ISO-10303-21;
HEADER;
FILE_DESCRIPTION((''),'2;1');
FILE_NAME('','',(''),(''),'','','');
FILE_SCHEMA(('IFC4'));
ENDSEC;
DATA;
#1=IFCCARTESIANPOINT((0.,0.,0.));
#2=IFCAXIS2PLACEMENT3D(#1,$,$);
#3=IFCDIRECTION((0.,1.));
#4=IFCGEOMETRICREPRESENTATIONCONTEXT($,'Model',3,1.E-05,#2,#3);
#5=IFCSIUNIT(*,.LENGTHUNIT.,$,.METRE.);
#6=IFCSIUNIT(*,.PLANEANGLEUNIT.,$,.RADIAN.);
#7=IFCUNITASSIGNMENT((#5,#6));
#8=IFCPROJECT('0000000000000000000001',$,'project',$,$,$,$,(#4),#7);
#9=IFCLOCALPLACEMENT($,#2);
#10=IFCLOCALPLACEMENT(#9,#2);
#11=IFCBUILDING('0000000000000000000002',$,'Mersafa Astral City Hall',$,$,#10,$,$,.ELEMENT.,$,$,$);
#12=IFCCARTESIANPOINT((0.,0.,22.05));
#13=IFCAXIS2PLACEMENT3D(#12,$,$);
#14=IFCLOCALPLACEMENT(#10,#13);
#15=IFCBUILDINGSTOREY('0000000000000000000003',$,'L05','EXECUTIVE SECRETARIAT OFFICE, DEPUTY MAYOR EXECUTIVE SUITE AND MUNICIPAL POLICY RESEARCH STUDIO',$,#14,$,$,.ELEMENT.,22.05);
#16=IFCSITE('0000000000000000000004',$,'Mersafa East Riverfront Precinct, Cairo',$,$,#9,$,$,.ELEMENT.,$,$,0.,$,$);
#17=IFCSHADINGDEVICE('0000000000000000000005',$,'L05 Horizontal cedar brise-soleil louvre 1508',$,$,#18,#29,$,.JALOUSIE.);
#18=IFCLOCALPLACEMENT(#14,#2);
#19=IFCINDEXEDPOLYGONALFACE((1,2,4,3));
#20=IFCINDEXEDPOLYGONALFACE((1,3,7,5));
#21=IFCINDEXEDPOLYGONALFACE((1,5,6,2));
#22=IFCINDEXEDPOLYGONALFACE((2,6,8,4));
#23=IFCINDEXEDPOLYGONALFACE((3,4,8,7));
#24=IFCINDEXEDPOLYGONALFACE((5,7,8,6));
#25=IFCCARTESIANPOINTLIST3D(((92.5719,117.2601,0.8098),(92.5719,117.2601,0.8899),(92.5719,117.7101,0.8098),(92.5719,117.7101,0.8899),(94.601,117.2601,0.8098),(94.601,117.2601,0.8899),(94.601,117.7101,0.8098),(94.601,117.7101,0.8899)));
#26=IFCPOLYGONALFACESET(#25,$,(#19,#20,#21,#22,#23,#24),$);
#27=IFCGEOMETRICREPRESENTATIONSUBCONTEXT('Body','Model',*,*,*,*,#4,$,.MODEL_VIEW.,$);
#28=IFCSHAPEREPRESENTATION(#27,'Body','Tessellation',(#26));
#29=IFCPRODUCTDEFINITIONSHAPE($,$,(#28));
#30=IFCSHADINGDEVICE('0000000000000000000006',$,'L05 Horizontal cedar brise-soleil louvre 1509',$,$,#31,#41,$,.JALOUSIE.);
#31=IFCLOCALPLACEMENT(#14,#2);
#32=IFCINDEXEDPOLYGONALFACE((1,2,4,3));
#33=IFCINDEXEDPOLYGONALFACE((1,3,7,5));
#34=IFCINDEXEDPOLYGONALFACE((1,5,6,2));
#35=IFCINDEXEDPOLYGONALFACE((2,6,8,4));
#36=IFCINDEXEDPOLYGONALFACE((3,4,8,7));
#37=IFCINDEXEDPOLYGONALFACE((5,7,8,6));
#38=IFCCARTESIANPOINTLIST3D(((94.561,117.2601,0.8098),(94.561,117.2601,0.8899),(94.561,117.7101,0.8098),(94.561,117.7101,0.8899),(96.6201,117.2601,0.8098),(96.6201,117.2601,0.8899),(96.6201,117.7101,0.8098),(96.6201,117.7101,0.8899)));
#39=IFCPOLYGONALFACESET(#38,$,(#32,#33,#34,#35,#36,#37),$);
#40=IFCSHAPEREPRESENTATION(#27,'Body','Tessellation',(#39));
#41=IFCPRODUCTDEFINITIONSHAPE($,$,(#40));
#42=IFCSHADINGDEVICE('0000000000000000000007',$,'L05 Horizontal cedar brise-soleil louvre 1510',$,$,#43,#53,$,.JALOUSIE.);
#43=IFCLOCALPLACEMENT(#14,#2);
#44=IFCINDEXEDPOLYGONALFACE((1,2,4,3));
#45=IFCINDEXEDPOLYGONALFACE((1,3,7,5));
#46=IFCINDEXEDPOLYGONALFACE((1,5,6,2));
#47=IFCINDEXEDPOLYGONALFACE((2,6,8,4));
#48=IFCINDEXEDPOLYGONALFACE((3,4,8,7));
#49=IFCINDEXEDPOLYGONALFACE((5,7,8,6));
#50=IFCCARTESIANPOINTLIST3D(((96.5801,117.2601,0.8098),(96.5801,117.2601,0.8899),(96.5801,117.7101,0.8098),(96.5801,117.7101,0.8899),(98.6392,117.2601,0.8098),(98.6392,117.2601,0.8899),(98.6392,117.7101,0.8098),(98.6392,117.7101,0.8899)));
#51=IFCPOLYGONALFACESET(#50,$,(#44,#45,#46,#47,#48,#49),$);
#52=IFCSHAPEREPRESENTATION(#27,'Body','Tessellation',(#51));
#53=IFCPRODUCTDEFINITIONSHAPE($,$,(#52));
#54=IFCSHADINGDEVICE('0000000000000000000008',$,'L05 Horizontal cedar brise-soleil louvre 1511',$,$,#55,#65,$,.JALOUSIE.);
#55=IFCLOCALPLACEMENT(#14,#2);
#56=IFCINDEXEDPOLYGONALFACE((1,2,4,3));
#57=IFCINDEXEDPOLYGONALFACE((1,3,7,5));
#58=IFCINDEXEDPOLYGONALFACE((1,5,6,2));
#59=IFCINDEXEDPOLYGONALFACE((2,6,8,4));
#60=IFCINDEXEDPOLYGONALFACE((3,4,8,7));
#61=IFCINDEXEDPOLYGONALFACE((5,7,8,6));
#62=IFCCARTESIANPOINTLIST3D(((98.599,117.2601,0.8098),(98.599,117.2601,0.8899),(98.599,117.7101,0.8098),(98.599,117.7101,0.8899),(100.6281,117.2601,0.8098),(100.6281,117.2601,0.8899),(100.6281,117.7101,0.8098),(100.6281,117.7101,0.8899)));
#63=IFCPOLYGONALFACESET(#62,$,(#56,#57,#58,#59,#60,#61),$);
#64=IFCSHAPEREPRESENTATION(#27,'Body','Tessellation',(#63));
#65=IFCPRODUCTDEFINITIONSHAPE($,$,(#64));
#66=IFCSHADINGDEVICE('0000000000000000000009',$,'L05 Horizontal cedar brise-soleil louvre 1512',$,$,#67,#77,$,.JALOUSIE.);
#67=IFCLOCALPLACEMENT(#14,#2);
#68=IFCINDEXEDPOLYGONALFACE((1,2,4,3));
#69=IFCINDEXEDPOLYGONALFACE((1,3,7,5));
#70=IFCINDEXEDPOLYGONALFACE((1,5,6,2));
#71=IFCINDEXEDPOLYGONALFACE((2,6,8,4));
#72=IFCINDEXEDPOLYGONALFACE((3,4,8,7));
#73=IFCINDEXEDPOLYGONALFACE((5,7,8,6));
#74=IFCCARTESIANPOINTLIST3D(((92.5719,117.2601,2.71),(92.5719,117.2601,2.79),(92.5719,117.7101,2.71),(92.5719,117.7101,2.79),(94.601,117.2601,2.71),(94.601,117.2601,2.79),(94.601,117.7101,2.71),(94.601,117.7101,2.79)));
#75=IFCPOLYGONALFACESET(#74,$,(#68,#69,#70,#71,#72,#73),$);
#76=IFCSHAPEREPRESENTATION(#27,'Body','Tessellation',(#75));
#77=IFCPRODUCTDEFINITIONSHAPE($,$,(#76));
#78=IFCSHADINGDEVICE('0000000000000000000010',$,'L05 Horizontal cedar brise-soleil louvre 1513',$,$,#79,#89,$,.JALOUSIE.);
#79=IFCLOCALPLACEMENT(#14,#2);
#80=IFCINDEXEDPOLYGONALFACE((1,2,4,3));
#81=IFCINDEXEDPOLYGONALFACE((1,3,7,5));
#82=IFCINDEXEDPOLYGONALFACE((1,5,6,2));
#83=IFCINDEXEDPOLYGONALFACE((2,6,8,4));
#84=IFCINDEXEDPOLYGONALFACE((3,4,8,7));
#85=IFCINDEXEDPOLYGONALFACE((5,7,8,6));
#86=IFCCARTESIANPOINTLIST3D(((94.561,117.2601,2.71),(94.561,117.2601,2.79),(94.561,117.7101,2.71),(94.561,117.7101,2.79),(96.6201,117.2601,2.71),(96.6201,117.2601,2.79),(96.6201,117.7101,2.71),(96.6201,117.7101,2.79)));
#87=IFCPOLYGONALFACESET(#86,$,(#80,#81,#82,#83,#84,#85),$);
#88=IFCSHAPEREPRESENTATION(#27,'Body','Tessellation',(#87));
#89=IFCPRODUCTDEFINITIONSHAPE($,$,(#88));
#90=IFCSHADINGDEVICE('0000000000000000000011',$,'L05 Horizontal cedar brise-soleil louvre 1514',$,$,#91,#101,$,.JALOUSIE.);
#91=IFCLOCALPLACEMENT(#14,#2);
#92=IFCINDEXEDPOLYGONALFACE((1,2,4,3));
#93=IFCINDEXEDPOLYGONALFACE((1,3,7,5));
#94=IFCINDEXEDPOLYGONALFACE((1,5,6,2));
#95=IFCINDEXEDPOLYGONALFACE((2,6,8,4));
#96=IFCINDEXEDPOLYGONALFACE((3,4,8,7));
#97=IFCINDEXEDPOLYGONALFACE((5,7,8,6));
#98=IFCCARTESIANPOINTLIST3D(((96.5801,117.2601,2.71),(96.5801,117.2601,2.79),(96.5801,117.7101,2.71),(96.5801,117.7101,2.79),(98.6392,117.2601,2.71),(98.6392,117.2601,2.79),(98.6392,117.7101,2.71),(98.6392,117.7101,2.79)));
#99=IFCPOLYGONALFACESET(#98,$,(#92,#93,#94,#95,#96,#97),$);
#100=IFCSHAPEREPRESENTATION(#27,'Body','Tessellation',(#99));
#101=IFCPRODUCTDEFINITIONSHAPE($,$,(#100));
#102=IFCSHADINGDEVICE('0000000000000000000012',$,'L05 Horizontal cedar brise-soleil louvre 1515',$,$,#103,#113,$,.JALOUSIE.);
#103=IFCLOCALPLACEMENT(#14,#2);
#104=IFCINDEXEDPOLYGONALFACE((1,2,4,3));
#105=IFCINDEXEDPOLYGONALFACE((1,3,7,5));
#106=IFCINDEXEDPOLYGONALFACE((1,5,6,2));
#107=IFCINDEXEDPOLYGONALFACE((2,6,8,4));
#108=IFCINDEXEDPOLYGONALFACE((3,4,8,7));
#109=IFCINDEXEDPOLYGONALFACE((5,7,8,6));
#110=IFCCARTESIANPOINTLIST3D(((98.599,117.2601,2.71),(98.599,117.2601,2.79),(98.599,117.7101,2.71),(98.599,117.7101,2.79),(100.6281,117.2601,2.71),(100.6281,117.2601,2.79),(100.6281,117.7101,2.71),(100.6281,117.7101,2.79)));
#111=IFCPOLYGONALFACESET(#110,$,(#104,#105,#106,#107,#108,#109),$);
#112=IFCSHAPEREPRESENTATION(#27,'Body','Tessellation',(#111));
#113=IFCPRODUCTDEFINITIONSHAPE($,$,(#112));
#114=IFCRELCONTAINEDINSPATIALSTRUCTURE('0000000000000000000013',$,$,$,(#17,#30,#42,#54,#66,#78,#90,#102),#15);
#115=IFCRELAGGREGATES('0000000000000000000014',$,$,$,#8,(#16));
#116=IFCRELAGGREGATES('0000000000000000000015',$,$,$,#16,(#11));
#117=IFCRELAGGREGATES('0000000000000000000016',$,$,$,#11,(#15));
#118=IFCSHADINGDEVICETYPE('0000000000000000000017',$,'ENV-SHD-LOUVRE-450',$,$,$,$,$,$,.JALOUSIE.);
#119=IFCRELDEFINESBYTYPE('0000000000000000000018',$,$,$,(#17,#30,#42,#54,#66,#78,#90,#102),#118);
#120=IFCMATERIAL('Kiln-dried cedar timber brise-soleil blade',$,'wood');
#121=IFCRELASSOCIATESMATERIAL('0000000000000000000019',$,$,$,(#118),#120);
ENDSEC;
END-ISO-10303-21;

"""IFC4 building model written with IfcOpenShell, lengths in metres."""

from ifc_helpers import new_model, si_unit, direction, frame, origin, origin_2d, place, context, subcontext, project, spatial, rectangle, extrude, material, type_object, element, save


model = new_model("IFC4")

# Units and contexts
model_context = context("Model", 3, precision=1e-05, world=origin(), true_north=direction((0.0, 1.0)))
body_context = subcontext(model_context, "Body", "Model", "MODEL_VIEW")
ifc_project = project(units=[si_unit("LENGTHUNIT", "METRE"), si_unit("PLANEANGLEUNIT", "RADIAN")], contexts=[model_context])

# Site, building, storey
site_placement = place(None, origin())
site = spatial("IfcSite", under=ifc_project, at=site_placement, Name="Mersafa East Riverfront Precinct, Cairo", CompositionType="ELEMENT", RefElevation=0.0)
building_placement = place(site_placement, origin())
building = spatial("IfcBuilding", under=site, at=building_placement, Name="Mersafa Astral City Hall", CompositionType="ELEMENT")
storey_placement = place(building_placement, frame((0.0, 0.0, 22.05)))
storey = spatial("IfcBuildingStorey", under=building, at=storey_placement, Name="L05", Description="EXECUTIVE SECRETARIAT OFFICE, DEPUTY MAYOR EXECUTIVE SUITE AND MUNICIPAL POLICY RESEARCH STUDIO", CompositionType="ELEMENT", Elevation=22.05)

# Shading devices
ifc_material_1 = material(Name="Kiln-dried cedar timber brise-soleil blade", Category="wood")
shading_device_type_1 = type_object("IfcShadingDeviceType", Name="ENV-SHD-LOUVRE-450", PredefinedType="JALOUSIE", material=ifc_material_1)
shading_device_1_placement = place(storey_placement, frame((93.5864, 117.4851, 0.8098), z_axis=(0.0, 0.0, 1.0), x_axis=(1.0, 0.0, 0.0)))
element("IfcShadingDevice", 1, at=shading_device_1_placement, inside=storey, type_object=shading_device_type_1, Name="L05 Horizontal cedar brise-soleil louvre 1508", PredefinedType="JALOUSIE", context=body_context, shape_type="SweptSolid", body=[
    extrude(rectangle(XDim=2.0291, YDim=0.45, at=origin_2d()), origin(), (0.0, 0.0, 1.0), 0.0801),
])
for number, where, z_axis, x_axis, name in (
    (2, (95.5906, 117.4851, 0.8098), (0.0, 0.0, 1.0), (1.0, 0.0, 0.0), "L05 Horizontal cedar brise-soleil louvre 1509"),
    (3, (97.6096, 117.4851, 0.8098), (0.0, 0.0, 1.0), (1.0, 0.0, 0.0), "L05 Horizontal cedar brise-soleil louvre 1510"),
):
    element("IfcShadingDevice", number, at=place(storey_placement, frame(where, z_axis=z_axis, x_axis=x_axis)), inside=storey, type_object=shading_device_type_1, Name=name, PredefinedType="JALOUSIE", context=body_context, shape_type="SweptSolid", body=[
        extrude(rectangle(XDim=2.0591, YDim=0.45, at=origin_2d()), origin(), (0.0, 0.0, 1.0), 0.0801),
    ])
for number, where, z_axis, x_axis, name in (
    (4, (99.6135, 117.4851, 0.8098), (0.0, 0.0, 1.0), (1.0, 0.0, 0.0), "L05 Horizontal cedar brise-soleil louvre 1511"),
    (5, (93.5864, 117.4851, 2.71), (0.0, 0.0, 1.0), (1.0, 0.0, 0.0), "L05 Horizontal cedar brise-soleil louvre 1512"),
):
    element("IfcShadingDevice", number, at=place(storey_placement, frame(where, z_axis=z_axis, x_axis=x_axis)), inside=storey, type_object=shading_device_type_1, Name=name, PredefinedType="JALOUSIE", context=body_context, shape_type="SweptSolid", body=[
        extrude(rectangle(XDim=2.0291, YDim=0.45, at=origin_2d()), origin(), (0.0, 0.0, 1.0), 0.0801),
    ])
for number, where, z_axis, x_axis, name in (
    (6, (95.5906, 117.4851, 2.71), (0.0, 0.0, 1.0), (1.0, 0.0, 0.0), "L05 Horizontal cedar brise-soleil louvre 1513"),
    (7, (97.6096, 117.4851, 2.71), (0.0, 0.0, 1.0), (1.0, 0.0, 0.0), "L05 Horizontal cedar brise-soleil louvre 1514"),
):
    element("IfcShadingDevice", number, at=place(storey_placement, frame(where, z_axis=z_axis, x_axis=x_axis)), inside=storey, type_object=shading_device_type_1, Name=name, PredefinedType="JALOUSIE", context=body_context, shape_type="SweptSolid", body=[
        extrude(rectangle(XDim=2.0591, YDim=0.45, at=origin_2d()), origin(), (0.0, 0.0, 1.0), 0.0801),
    ])
shading_device_2_placement = place(storey_placement, frame((99.6135, 117.4851, 2.71), z_axis=(0.0, 0.0, 1.0), x_axis=(1.0, 0.0, 0.0)))
element("IfcShadingDevice", 8, at=shading_device_2_placement, inside=storey, type_object=shading_device_type_1, Name="L05 Horizontal cedar brise-soleil louvre 1515", PredefinedType="JALOUSIE", context=body_context, shape_type="SweptSolid", body=[
    extrude(rectangle(XDim=2.0291, YDim=0.45, at=origin_2d()), origin(), (0.0, 0.0, 1.0), 0.0801),
])

save(model, "model.ifc")
